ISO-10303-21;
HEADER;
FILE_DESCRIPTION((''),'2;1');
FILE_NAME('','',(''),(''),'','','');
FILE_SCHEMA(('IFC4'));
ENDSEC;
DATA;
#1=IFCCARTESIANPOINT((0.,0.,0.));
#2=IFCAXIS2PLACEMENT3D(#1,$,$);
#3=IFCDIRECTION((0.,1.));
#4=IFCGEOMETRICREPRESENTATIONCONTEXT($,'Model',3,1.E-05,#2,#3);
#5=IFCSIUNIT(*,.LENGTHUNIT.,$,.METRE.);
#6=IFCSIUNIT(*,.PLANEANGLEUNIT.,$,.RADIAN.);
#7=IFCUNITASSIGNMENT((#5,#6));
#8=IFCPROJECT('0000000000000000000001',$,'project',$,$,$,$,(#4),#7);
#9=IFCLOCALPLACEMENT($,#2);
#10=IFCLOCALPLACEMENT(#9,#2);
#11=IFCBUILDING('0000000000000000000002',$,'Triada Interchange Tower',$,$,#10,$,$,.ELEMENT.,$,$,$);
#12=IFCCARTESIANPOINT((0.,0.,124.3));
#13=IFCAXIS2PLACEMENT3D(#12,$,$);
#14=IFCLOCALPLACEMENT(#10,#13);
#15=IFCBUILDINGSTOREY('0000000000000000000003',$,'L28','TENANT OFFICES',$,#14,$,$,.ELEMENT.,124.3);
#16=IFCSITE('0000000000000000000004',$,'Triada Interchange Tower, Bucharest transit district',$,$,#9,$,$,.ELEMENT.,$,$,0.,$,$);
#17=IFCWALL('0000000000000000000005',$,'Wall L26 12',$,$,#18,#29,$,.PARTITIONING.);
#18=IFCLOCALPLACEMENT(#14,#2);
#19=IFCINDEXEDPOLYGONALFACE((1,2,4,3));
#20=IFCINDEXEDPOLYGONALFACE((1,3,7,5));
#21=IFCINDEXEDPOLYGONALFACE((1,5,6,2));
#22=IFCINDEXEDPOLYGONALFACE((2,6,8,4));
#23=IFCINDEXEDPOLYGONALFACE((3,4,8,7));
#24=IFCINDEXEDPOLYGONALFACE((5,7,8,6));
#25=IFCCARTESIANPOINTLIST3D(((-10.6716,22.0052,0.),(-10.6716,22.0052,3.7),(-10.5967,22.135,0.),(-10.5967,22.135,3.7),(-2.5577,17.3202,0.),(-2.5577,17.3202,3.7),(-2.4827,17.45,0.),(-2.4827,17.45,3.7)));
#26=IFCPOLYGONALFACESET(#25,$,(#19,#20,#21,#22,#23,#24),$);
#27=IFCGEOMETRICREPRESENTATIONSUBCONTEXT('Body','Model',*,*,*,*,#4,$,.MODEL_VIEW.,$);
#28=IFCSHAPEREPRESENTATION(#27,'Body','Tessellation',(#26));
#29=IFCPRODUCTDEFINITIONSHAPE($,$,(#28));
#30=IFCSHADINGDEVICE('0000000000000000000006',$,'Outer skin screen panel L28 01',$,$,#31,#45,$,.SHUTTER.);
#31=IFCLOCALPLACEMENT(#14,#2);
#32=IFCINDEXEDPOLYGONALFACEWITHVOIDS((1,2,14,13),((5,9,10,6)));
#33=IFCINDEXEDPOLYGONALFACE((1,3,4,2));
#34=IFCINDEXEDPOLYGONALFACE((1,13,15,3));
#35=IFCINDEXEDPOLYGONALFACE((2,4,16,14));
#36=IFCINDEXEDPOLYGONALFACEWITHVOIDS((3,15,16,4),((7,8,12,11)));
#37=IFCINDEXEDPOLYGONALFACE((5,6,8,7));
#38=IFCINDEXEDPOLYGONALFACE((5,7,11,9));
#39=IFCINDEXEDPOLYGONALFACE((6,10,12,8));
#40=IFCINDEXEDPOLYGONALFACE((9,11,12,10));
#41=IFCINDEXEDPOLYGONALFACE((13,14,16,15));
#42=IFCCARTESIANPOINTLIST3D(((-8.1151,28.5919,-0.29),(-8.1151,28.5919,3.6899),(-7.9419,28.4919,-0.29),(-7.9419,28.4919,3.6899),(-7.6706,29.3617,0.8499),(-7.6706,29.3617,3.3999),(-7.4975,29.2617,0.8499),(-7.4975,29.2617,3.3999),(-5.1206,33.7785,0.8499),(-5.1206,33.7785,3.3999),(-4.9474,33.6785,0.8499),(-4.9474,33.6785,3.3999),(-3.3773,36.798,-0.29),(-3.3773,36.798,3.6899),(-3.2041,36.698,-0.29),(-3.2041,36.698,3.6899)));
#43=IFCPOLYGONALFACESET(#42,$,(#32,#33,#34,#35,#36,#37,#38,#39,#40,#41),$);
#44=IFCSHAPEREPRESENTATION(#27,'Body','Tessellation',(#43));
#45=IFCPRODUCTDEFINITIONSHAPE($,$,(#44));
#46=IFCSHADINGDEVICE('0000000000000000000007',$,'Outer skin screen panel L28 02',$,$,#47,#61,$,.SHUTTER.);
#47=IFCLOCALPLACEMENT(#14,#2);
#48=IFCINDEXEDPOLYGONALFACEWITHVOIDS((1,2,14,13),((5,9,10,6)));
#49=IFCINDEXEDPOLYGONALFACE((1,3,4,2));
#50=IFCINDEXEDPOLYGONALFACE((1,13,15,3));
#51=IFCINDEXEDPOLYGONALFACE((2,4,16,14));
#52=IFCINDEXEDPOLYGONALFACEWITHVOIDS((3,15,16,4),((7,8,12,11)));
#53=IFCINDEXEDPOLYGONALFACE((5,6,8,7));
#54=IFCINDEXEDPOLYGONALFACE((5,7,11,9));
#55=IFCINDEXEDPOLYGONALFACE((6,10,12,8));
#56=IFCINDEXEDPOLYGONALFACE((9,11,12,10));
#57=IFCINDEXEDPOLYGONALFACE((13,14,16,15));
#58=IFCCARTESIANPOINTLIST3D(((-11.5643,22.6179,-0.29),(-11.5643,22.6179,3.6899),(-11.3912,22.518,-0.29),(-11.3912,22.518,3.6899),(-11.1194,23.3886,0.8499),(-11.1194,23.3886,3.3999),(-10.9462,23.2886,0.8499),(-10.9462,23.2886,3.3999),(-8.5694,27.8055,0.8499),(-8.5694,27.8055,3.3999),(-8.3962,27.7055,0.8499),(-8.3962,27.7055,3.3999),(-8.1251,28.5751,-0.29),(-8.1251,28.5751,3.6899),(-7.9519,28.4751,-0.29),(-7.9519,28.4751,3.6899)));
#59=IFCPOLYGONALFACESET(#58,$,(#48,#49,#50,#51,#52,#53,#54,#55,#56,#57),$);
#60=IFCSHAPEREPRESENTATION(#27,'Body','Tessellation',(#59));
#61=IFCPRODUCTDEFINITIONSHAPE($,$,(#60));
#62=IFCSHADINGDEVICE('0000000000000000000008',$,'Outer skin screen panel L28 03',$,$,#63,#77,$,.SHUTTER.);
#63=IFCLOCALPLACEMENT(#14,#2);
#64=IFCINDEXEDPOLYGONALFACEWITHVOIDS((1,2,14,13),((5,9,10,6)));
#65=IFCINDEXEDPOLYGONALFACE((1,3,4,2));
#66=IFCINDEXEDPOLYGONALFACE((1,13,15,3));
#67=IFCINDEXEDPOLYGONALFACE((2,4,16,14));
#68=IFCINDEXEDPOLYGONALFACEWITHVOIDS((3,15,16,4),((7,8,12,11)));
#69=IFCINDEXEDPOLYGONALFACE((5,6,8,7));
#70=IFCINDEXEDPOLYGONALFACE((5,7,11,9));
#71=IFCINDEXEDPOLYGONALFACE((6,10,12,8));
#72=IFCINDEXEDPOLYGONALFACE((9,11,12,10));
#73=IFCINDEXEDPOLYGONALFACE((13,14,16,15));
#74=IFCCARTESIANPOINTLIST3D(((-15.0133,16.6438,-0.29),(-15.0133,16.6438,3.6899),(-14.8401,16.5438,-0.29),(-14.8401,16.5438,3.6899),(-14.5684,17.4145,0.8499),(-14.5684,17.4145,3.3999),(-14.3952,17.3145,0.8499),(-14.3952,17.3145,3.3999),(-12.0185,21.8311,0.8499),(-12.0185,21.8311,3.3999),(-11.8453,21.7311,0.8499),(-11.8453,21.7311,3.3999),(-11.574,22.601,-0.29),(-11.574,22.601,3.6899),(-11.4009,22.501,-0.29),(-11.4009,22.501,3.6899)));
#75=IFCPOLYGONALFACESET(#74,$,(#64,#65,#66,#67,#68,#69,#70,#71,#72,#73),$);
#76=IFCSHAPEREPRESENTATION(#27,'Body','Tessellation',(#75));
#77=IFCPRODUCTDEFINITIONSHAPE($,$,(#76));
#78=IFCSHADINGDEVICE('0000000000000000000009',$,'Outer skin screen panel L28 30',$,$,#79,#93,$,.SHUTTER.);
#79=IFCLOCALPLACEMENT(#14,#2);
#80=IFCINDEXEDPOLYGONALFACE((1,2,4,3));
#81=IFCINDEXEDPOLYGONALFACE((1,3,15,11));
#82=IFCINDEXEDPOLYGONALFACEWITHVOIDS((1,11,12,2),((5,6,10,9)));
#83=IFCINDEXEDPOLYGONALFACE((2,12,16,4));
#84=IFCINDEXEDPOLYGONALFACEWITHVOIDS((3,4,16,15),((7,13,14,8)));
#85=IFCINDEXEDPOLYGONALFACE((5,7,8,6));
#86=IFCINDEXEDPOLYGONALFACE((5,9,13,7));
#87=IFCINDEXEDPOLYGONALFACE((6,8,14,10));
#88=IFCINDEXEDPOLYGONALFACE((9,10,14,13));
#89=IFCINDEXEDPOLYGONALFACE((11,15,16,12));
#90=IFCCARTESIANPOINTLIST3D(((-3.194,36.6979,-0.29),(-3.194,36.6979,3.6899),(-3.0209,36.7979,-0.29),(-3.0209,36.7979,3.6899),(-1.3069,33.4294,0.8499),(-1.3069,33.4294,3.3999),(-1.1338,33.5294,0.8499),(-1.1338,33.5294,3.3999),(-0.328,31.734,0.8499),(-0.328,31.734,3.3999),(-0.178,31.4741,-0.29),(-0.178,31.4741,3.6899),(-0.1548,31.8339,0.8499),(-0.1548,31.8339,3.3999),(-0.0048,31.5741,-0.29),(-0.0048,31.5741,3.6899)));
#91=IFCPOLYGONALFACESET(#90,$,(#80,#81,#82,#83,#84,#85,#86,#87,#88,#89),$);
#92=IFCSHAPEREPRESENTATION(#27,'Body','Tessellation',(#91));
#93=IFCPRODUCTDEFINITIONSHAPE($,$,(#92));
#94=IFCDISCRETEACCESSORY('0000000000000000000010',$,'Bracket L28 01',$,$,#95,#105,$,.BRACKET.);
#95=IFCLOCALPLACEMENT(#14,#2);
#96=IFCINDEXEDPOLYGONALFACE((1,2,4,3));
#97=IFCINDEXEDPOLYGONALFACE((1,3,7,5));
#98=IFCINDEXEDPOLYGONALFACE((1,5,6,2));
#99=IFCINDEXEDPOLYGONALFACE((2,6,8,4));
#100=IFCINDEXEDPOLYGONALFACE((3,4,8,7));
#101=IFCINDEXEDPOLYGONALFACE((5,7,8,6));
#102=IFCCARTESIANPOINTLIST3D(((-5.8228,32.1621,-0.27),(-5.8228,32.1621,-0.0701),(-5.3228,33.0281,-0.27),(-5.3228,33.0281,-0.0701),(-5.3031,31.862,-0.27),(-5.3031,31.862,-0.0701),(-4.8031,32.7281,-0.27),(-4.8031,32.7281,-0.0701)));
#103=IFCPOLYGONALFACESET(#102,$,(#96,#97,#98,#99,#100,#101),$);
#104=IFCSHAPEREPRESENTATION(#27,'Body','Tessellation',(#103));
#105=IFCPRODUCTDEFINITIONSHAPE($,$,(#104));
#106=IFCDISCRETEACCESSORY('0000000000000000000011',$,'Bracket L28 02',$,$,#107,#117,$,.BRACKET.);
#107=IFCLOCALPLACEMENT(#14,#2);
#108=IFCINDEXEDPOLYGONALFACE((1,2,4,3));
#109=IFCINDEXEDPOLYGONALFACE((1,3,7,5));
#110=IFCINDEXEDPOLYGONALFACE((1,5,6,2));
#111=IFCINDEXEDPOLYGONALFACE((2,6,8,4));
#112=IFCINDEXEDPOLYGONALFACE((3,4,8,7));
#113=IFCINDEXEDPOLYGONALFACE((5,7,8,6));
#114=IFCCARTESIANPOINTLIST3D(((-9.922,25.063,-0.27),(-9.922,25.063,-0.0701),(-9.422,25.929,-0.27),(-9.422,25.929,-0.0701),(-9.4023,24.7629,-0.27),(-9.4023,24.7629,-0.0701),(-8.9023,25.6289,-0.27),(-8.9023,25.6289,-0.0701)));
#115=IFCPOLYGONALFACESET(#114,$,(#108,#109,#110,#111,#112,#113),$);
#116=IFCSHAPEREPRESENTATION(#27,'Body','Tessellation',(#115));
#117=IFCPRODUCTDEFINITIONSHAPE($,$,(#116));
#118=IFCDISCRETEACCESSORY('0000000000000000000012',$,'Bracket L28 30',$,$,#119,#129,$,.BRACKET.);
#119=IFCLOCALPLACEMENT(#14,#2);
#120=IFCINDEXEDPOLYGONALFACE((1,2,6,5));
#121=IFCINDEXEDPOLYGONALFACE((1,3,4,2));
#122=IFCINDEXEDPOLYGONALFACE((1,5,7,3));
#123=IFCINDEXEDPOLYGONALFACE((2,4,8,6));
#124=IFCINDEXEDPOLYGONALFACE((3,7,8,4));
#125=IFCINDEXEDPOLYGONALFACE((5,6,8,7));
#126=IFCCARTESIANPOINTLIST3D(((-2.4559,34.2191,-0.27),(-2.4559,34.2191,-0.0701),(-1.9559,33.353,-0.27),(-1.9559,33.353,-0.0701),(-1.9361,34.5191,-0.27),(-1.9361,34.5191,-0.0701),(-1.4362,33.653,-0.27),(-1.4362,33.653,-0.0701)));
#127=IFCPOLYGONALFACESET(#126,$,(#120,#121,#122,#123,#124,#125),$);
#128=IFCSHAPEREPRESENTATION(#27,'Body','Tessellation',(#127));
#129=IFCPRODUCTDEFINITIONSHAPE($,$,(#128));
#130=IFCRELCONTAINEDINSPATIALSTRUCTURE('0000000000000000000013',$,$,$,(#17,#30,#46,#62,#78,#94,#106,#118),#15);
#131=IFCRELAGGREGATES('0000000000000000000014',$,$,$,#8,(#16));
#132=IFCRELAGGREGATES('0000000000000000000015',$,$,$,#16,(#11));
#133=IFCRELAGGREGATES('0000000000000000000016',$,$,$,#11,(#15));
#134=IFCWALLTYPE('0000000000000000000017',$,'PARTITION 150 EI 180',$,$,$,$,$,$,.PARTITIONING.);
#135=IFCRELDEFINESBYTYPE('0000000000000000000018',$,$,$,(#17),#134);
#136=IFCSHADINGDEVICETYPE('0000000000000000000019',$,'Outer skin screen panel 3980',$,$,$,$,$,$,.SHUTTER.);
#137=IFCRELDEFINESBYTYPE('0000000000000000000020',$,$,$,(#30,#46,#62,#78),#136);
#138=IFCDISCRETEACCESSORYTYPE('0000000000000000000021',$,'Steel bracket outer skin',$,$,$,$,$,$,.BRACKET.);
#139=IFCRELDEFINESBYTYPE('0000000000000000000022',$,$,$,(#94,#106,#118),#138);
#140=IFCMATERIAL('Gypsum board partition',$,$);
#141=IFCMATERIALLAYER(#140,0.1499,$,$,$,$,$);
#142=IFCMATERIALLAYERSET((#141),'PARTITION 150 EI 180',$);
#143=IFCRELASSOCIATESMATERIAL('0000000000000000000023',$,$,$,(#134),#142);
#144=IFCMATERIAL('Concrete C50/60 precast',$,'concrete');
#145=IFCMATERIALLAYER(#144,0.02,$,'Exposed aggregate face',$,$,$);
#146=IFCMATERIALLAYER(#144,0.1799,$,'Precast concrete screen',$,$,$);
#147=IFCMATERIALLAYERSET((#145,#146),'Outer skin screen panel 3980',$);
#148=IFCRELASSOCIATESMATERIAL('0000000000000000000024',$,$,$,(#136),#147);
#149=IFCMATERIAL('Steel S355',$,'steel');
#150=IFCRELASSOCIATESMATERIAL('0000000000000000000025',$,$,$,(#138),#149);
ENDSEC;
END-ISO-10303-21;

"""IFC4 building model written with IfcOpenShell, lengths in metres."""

from ifc_helpers import new_model, si_unit, direction, frame, frame_2d, origin, origin_2d, place, context, subcontext, project, spatial, polyline, rectangle, outline, extrude, material, layer, layer_set, type_object, element, save


model = new_model("IFC4")

# Units and contexts
model_context = context("Model", 3, precision=1e-05, world=origin(), true_north=direction((0.0, 1.0)))
body_context = subcontext(model_context, "Body", "Model", "MODEL_VIEW")
ifc_project = project(units=[si_unit("LENGTHUNIT", "METRE"), si_unit("PLANEANGLEUNIT", "RADIAN")], contexts=[model_context])

# Site, building, storey
site_placement = place(None, origin())
site = spatial("IfcSite", under=ifc_project, at=site_placement, Name="Triada Interchange Tower, Bucharest transit district", CompositionType="ELEMENT", RefElevation=0.0)
building_placement = place(site_placement, origin())
building = spatial("IfcBuilding", under=site, at=building_placement, Name="Triada Interchange Tower", CompositionType="ELEMENT")
storey_placement = place(building_placement, frame((0.0, 0.0, 124.3)))
storey = spatial("IfcBuildingStorey", under=building, at=storey_placement, Name="L28", Description="TENANT OFFICES", CompositionType="ELEMENT", Elevation=124.3)

# Wall
ifc_material_1 = material(Name="Gypsum board partition")
ifc_layer_1 = layer(ifc_material_1, 0.1499)
ifc_layer_set_1 = layer_set([ifc_layer_1], Name="PARTITION 150 EI 180")
wall_type_1 = type_object("IfcWallType", Name="PARTITION 150 EI 180", PredefinedType="PARTITIONING", material=ifc_layer_set_1)
wall_1_placement = place(storey_placement, frame((-10.634, 22.0701, 0.0), z_axis=(0.0, 0.0, 1.0), x_axis=(0.866006, -0.500034, 0.0)))
element("IfcWall", 1, at=wall_1_placement, inside=storey, type_object=wall_type_1, Name="Wall L26 12", PredefinedType="PARTITIONING", context=body_context, shape_type="SweptSolid", body=[
    extrude(rectangle(XDim=9.3694, YDim=0.1499, at=frame_2d((4.6846, 0.0))), origin(), (0.0, 0.0, 1.0), 3.7),
])

# Shading devices
ifc_material_2 = material(Name="Concrete C50/60 precast", Category="concrete")
ifc_layer_2 = layer(ifc_material_2, 0.02, Name="Exposed aggregate face")
ifc_layer_3 = layer(ifc_material_2, 0.1799, Name="Precast concrete screen")
ifc_layer_set_2 = layer_set([ifc_layer_2, ifc_layer_3], Name="Outer skin screen panel 3980")
shading_device_type = type_object("IfcShadingDeviceType", Name="Outer skin screen panel 3980", PredefinedType="SHUTTER", material=ifc_layer_set_2)
shading_device_1_placement = place(storey_placement, frame((-3.2041, 36.698, -0.29), z_axis=(0.0, 0.0, 1.0), x_axis=(-0.500002, -0.866024, 0.0)))
element("IfcShadingDevice", 2, at=shading_device_1_placement, inside=storey, type_object=shading_device_type, Name="Outer skin screen panel L28 01", PredefinedType="SHUTTER", context=body_context, shape_type="SweptSolid", body=[
    extrude(outline(polyline([(0.0, 0.0), (9.4756, 0.0), (9.4756, 3.98), (0.0, 3.98), (0.0, 0.0)]), holes=[polyline([(3.4866, 1.1399), (3.4866, 3.6899), (8.5867, 3.6899), (8.5867, 1.1399), (3.4866, 1.1399)])]), frame((0.0, 0.0, 0.0), z_axis=(0.0, -1.0, 0.0), x_axis=(1.0, 0.0, 0.0)), (0.0, 0.0, 1.0), 0.2),
])
shading_device_2_placement = place(storey_placement, frame((-7.9519, 28.4751, -0.29), z_axis=(0.0, 0.0, 1.0), x_axis=(-0.499991, -0.866031, 0.0)))
element("IfcShadingDevice", 3, at=shading_device_2_placement, inside=storey, type_object=shading_device_type, Name="Outer skin screen panel L28 02", PredefinedType="SHUTTER", context=body_context, shape_type="SweptSolid", body=[
    extrude(outline(polyline([(0.0, 0.0), (6.8787, 0.0), (6.8787, 3.98), (0.0, 3.98), (0.0, 0.0)]), holes=[polyline([(0.8887, 1.1399), (0.8887, 3.6899), (5.9888, 3.6899), (5.9888, 1.1399), (0.8887, 1.1399)])]), frame((0.0, 0.0, 0.0), z_axis=(0.0, -1.0, 0.0), x_axis=(1.0, 0.0, 0.0)), (0.0, 0.0, 1.0), 0.2),
])
shading_device_3_placement = place(storey_placement, frame((-11.4009, 22.501, -0.29), z_axis=(0.0, 0.0, 1.0), x_axis=(-0.499991, -0.866031, 0.0)))
element("IfcShadingDevice", 4, at=shading_device_3_placement, inside=storey, type_object=shading_device_type, Name="Outer skin screen panel L28 03", PredefinedType="SHUTTER", context=body_context, shape_type="SweptSolid", body=[
    extrude(outline(polyline([(0.0, 0.0), (6.8787, 0.0), (6.8787, 3.98), (0.0, 3.98), (0.0, 0.0)]), holes=[polyline([(0.8889, 1.1399), (0.8889, 3.6899), (5.9888, 3.6899), (5.9888, 1.1399), (0.8889, 1.1399)])]), frame((0.0, 0.0, 0.0), z_axis=(0.0, -1.0, 0.0), x_axis=(1.0, 0.0, 0.0)), (0.0, 0.0, 1.0), 0.2),
])
shading_device_4_placement = place(storey_placement, frame((-0.178, 31.4741, -0.29), z_axis=(0.0, 0.0, 1.0), x_axis=(-0.500013, 0.866018, 0.0)))
element("IfcShadingDevice", 5, at=shading_device_4_placement, inside=storey, type_object=shading_device_type, Name="Outer skin screen panel L28 30", PredefinedType="SHUTTER", context=body_context, shape_type="SweptSolid", body=[
    extrude(outline(polyline([(0.0, 0.0), (6.032, 0.0), (6.032, 3.98), (0.0, 3.98), (0.0, 0.0)]), holes=[polyline([(0.3, 1.1399), (0.3, 3.6899), (2.2578, 3.6899), (2.2578, 1.1399), (0.3, 1.1399)])]), frame((0.0, 0.0, 0.0), z_axis=(0.0, -1.0, 0.0), x_axis=(1.0, 0.0, 0.0)), (0.0, 0.0, 1.0), 0.2),
])

# Discrete accessories
ifc_material_3 = material(Name="Steel S355", Category="steel")
discrete_accessory_type = type_object("IfcDiscreteAccessoryType", Name="Steel bracket outer skin", PredefinedType="BRACKET", material=ifc_material_3)
for number, where, z_axis, x_axis, name in (
    (6, (-5.313, 32.4451, -0.27), (0.0, 0.0, 1.0), (-0.866028, 0.499995, 0.0), "Bracket L28 01"),
    (7, (-9.4121, 25.3459, -0.27), (0.0, 0.0, 1.0), (-0.866028, 0.499995, 0.0), "Bracket L28 02"),
    (8, (-1.946, 33.936, -0.27), (0.0, 0.0, 1.0), (0.866071, 0.499921, 0.0), "Bracket L28 30"),
):
    element("IfcDiscreteAccessory", number, at=place(storey_placement, frame(where, z_axis=z_axis, x_axis=x_axis)), inside=storey, type_object=discrete_accessory_type, Name=name, PredefinedType="BRACKET", context=body_context, shape_type="SweptSolid", body=[
        extrude(rectangle(XDim=0.6001, YDim=1.0, at=origin_2d()), origin(), (0.0, 0.0, 1.0), 0.2),
    ])

save(model, "model.ifc")
